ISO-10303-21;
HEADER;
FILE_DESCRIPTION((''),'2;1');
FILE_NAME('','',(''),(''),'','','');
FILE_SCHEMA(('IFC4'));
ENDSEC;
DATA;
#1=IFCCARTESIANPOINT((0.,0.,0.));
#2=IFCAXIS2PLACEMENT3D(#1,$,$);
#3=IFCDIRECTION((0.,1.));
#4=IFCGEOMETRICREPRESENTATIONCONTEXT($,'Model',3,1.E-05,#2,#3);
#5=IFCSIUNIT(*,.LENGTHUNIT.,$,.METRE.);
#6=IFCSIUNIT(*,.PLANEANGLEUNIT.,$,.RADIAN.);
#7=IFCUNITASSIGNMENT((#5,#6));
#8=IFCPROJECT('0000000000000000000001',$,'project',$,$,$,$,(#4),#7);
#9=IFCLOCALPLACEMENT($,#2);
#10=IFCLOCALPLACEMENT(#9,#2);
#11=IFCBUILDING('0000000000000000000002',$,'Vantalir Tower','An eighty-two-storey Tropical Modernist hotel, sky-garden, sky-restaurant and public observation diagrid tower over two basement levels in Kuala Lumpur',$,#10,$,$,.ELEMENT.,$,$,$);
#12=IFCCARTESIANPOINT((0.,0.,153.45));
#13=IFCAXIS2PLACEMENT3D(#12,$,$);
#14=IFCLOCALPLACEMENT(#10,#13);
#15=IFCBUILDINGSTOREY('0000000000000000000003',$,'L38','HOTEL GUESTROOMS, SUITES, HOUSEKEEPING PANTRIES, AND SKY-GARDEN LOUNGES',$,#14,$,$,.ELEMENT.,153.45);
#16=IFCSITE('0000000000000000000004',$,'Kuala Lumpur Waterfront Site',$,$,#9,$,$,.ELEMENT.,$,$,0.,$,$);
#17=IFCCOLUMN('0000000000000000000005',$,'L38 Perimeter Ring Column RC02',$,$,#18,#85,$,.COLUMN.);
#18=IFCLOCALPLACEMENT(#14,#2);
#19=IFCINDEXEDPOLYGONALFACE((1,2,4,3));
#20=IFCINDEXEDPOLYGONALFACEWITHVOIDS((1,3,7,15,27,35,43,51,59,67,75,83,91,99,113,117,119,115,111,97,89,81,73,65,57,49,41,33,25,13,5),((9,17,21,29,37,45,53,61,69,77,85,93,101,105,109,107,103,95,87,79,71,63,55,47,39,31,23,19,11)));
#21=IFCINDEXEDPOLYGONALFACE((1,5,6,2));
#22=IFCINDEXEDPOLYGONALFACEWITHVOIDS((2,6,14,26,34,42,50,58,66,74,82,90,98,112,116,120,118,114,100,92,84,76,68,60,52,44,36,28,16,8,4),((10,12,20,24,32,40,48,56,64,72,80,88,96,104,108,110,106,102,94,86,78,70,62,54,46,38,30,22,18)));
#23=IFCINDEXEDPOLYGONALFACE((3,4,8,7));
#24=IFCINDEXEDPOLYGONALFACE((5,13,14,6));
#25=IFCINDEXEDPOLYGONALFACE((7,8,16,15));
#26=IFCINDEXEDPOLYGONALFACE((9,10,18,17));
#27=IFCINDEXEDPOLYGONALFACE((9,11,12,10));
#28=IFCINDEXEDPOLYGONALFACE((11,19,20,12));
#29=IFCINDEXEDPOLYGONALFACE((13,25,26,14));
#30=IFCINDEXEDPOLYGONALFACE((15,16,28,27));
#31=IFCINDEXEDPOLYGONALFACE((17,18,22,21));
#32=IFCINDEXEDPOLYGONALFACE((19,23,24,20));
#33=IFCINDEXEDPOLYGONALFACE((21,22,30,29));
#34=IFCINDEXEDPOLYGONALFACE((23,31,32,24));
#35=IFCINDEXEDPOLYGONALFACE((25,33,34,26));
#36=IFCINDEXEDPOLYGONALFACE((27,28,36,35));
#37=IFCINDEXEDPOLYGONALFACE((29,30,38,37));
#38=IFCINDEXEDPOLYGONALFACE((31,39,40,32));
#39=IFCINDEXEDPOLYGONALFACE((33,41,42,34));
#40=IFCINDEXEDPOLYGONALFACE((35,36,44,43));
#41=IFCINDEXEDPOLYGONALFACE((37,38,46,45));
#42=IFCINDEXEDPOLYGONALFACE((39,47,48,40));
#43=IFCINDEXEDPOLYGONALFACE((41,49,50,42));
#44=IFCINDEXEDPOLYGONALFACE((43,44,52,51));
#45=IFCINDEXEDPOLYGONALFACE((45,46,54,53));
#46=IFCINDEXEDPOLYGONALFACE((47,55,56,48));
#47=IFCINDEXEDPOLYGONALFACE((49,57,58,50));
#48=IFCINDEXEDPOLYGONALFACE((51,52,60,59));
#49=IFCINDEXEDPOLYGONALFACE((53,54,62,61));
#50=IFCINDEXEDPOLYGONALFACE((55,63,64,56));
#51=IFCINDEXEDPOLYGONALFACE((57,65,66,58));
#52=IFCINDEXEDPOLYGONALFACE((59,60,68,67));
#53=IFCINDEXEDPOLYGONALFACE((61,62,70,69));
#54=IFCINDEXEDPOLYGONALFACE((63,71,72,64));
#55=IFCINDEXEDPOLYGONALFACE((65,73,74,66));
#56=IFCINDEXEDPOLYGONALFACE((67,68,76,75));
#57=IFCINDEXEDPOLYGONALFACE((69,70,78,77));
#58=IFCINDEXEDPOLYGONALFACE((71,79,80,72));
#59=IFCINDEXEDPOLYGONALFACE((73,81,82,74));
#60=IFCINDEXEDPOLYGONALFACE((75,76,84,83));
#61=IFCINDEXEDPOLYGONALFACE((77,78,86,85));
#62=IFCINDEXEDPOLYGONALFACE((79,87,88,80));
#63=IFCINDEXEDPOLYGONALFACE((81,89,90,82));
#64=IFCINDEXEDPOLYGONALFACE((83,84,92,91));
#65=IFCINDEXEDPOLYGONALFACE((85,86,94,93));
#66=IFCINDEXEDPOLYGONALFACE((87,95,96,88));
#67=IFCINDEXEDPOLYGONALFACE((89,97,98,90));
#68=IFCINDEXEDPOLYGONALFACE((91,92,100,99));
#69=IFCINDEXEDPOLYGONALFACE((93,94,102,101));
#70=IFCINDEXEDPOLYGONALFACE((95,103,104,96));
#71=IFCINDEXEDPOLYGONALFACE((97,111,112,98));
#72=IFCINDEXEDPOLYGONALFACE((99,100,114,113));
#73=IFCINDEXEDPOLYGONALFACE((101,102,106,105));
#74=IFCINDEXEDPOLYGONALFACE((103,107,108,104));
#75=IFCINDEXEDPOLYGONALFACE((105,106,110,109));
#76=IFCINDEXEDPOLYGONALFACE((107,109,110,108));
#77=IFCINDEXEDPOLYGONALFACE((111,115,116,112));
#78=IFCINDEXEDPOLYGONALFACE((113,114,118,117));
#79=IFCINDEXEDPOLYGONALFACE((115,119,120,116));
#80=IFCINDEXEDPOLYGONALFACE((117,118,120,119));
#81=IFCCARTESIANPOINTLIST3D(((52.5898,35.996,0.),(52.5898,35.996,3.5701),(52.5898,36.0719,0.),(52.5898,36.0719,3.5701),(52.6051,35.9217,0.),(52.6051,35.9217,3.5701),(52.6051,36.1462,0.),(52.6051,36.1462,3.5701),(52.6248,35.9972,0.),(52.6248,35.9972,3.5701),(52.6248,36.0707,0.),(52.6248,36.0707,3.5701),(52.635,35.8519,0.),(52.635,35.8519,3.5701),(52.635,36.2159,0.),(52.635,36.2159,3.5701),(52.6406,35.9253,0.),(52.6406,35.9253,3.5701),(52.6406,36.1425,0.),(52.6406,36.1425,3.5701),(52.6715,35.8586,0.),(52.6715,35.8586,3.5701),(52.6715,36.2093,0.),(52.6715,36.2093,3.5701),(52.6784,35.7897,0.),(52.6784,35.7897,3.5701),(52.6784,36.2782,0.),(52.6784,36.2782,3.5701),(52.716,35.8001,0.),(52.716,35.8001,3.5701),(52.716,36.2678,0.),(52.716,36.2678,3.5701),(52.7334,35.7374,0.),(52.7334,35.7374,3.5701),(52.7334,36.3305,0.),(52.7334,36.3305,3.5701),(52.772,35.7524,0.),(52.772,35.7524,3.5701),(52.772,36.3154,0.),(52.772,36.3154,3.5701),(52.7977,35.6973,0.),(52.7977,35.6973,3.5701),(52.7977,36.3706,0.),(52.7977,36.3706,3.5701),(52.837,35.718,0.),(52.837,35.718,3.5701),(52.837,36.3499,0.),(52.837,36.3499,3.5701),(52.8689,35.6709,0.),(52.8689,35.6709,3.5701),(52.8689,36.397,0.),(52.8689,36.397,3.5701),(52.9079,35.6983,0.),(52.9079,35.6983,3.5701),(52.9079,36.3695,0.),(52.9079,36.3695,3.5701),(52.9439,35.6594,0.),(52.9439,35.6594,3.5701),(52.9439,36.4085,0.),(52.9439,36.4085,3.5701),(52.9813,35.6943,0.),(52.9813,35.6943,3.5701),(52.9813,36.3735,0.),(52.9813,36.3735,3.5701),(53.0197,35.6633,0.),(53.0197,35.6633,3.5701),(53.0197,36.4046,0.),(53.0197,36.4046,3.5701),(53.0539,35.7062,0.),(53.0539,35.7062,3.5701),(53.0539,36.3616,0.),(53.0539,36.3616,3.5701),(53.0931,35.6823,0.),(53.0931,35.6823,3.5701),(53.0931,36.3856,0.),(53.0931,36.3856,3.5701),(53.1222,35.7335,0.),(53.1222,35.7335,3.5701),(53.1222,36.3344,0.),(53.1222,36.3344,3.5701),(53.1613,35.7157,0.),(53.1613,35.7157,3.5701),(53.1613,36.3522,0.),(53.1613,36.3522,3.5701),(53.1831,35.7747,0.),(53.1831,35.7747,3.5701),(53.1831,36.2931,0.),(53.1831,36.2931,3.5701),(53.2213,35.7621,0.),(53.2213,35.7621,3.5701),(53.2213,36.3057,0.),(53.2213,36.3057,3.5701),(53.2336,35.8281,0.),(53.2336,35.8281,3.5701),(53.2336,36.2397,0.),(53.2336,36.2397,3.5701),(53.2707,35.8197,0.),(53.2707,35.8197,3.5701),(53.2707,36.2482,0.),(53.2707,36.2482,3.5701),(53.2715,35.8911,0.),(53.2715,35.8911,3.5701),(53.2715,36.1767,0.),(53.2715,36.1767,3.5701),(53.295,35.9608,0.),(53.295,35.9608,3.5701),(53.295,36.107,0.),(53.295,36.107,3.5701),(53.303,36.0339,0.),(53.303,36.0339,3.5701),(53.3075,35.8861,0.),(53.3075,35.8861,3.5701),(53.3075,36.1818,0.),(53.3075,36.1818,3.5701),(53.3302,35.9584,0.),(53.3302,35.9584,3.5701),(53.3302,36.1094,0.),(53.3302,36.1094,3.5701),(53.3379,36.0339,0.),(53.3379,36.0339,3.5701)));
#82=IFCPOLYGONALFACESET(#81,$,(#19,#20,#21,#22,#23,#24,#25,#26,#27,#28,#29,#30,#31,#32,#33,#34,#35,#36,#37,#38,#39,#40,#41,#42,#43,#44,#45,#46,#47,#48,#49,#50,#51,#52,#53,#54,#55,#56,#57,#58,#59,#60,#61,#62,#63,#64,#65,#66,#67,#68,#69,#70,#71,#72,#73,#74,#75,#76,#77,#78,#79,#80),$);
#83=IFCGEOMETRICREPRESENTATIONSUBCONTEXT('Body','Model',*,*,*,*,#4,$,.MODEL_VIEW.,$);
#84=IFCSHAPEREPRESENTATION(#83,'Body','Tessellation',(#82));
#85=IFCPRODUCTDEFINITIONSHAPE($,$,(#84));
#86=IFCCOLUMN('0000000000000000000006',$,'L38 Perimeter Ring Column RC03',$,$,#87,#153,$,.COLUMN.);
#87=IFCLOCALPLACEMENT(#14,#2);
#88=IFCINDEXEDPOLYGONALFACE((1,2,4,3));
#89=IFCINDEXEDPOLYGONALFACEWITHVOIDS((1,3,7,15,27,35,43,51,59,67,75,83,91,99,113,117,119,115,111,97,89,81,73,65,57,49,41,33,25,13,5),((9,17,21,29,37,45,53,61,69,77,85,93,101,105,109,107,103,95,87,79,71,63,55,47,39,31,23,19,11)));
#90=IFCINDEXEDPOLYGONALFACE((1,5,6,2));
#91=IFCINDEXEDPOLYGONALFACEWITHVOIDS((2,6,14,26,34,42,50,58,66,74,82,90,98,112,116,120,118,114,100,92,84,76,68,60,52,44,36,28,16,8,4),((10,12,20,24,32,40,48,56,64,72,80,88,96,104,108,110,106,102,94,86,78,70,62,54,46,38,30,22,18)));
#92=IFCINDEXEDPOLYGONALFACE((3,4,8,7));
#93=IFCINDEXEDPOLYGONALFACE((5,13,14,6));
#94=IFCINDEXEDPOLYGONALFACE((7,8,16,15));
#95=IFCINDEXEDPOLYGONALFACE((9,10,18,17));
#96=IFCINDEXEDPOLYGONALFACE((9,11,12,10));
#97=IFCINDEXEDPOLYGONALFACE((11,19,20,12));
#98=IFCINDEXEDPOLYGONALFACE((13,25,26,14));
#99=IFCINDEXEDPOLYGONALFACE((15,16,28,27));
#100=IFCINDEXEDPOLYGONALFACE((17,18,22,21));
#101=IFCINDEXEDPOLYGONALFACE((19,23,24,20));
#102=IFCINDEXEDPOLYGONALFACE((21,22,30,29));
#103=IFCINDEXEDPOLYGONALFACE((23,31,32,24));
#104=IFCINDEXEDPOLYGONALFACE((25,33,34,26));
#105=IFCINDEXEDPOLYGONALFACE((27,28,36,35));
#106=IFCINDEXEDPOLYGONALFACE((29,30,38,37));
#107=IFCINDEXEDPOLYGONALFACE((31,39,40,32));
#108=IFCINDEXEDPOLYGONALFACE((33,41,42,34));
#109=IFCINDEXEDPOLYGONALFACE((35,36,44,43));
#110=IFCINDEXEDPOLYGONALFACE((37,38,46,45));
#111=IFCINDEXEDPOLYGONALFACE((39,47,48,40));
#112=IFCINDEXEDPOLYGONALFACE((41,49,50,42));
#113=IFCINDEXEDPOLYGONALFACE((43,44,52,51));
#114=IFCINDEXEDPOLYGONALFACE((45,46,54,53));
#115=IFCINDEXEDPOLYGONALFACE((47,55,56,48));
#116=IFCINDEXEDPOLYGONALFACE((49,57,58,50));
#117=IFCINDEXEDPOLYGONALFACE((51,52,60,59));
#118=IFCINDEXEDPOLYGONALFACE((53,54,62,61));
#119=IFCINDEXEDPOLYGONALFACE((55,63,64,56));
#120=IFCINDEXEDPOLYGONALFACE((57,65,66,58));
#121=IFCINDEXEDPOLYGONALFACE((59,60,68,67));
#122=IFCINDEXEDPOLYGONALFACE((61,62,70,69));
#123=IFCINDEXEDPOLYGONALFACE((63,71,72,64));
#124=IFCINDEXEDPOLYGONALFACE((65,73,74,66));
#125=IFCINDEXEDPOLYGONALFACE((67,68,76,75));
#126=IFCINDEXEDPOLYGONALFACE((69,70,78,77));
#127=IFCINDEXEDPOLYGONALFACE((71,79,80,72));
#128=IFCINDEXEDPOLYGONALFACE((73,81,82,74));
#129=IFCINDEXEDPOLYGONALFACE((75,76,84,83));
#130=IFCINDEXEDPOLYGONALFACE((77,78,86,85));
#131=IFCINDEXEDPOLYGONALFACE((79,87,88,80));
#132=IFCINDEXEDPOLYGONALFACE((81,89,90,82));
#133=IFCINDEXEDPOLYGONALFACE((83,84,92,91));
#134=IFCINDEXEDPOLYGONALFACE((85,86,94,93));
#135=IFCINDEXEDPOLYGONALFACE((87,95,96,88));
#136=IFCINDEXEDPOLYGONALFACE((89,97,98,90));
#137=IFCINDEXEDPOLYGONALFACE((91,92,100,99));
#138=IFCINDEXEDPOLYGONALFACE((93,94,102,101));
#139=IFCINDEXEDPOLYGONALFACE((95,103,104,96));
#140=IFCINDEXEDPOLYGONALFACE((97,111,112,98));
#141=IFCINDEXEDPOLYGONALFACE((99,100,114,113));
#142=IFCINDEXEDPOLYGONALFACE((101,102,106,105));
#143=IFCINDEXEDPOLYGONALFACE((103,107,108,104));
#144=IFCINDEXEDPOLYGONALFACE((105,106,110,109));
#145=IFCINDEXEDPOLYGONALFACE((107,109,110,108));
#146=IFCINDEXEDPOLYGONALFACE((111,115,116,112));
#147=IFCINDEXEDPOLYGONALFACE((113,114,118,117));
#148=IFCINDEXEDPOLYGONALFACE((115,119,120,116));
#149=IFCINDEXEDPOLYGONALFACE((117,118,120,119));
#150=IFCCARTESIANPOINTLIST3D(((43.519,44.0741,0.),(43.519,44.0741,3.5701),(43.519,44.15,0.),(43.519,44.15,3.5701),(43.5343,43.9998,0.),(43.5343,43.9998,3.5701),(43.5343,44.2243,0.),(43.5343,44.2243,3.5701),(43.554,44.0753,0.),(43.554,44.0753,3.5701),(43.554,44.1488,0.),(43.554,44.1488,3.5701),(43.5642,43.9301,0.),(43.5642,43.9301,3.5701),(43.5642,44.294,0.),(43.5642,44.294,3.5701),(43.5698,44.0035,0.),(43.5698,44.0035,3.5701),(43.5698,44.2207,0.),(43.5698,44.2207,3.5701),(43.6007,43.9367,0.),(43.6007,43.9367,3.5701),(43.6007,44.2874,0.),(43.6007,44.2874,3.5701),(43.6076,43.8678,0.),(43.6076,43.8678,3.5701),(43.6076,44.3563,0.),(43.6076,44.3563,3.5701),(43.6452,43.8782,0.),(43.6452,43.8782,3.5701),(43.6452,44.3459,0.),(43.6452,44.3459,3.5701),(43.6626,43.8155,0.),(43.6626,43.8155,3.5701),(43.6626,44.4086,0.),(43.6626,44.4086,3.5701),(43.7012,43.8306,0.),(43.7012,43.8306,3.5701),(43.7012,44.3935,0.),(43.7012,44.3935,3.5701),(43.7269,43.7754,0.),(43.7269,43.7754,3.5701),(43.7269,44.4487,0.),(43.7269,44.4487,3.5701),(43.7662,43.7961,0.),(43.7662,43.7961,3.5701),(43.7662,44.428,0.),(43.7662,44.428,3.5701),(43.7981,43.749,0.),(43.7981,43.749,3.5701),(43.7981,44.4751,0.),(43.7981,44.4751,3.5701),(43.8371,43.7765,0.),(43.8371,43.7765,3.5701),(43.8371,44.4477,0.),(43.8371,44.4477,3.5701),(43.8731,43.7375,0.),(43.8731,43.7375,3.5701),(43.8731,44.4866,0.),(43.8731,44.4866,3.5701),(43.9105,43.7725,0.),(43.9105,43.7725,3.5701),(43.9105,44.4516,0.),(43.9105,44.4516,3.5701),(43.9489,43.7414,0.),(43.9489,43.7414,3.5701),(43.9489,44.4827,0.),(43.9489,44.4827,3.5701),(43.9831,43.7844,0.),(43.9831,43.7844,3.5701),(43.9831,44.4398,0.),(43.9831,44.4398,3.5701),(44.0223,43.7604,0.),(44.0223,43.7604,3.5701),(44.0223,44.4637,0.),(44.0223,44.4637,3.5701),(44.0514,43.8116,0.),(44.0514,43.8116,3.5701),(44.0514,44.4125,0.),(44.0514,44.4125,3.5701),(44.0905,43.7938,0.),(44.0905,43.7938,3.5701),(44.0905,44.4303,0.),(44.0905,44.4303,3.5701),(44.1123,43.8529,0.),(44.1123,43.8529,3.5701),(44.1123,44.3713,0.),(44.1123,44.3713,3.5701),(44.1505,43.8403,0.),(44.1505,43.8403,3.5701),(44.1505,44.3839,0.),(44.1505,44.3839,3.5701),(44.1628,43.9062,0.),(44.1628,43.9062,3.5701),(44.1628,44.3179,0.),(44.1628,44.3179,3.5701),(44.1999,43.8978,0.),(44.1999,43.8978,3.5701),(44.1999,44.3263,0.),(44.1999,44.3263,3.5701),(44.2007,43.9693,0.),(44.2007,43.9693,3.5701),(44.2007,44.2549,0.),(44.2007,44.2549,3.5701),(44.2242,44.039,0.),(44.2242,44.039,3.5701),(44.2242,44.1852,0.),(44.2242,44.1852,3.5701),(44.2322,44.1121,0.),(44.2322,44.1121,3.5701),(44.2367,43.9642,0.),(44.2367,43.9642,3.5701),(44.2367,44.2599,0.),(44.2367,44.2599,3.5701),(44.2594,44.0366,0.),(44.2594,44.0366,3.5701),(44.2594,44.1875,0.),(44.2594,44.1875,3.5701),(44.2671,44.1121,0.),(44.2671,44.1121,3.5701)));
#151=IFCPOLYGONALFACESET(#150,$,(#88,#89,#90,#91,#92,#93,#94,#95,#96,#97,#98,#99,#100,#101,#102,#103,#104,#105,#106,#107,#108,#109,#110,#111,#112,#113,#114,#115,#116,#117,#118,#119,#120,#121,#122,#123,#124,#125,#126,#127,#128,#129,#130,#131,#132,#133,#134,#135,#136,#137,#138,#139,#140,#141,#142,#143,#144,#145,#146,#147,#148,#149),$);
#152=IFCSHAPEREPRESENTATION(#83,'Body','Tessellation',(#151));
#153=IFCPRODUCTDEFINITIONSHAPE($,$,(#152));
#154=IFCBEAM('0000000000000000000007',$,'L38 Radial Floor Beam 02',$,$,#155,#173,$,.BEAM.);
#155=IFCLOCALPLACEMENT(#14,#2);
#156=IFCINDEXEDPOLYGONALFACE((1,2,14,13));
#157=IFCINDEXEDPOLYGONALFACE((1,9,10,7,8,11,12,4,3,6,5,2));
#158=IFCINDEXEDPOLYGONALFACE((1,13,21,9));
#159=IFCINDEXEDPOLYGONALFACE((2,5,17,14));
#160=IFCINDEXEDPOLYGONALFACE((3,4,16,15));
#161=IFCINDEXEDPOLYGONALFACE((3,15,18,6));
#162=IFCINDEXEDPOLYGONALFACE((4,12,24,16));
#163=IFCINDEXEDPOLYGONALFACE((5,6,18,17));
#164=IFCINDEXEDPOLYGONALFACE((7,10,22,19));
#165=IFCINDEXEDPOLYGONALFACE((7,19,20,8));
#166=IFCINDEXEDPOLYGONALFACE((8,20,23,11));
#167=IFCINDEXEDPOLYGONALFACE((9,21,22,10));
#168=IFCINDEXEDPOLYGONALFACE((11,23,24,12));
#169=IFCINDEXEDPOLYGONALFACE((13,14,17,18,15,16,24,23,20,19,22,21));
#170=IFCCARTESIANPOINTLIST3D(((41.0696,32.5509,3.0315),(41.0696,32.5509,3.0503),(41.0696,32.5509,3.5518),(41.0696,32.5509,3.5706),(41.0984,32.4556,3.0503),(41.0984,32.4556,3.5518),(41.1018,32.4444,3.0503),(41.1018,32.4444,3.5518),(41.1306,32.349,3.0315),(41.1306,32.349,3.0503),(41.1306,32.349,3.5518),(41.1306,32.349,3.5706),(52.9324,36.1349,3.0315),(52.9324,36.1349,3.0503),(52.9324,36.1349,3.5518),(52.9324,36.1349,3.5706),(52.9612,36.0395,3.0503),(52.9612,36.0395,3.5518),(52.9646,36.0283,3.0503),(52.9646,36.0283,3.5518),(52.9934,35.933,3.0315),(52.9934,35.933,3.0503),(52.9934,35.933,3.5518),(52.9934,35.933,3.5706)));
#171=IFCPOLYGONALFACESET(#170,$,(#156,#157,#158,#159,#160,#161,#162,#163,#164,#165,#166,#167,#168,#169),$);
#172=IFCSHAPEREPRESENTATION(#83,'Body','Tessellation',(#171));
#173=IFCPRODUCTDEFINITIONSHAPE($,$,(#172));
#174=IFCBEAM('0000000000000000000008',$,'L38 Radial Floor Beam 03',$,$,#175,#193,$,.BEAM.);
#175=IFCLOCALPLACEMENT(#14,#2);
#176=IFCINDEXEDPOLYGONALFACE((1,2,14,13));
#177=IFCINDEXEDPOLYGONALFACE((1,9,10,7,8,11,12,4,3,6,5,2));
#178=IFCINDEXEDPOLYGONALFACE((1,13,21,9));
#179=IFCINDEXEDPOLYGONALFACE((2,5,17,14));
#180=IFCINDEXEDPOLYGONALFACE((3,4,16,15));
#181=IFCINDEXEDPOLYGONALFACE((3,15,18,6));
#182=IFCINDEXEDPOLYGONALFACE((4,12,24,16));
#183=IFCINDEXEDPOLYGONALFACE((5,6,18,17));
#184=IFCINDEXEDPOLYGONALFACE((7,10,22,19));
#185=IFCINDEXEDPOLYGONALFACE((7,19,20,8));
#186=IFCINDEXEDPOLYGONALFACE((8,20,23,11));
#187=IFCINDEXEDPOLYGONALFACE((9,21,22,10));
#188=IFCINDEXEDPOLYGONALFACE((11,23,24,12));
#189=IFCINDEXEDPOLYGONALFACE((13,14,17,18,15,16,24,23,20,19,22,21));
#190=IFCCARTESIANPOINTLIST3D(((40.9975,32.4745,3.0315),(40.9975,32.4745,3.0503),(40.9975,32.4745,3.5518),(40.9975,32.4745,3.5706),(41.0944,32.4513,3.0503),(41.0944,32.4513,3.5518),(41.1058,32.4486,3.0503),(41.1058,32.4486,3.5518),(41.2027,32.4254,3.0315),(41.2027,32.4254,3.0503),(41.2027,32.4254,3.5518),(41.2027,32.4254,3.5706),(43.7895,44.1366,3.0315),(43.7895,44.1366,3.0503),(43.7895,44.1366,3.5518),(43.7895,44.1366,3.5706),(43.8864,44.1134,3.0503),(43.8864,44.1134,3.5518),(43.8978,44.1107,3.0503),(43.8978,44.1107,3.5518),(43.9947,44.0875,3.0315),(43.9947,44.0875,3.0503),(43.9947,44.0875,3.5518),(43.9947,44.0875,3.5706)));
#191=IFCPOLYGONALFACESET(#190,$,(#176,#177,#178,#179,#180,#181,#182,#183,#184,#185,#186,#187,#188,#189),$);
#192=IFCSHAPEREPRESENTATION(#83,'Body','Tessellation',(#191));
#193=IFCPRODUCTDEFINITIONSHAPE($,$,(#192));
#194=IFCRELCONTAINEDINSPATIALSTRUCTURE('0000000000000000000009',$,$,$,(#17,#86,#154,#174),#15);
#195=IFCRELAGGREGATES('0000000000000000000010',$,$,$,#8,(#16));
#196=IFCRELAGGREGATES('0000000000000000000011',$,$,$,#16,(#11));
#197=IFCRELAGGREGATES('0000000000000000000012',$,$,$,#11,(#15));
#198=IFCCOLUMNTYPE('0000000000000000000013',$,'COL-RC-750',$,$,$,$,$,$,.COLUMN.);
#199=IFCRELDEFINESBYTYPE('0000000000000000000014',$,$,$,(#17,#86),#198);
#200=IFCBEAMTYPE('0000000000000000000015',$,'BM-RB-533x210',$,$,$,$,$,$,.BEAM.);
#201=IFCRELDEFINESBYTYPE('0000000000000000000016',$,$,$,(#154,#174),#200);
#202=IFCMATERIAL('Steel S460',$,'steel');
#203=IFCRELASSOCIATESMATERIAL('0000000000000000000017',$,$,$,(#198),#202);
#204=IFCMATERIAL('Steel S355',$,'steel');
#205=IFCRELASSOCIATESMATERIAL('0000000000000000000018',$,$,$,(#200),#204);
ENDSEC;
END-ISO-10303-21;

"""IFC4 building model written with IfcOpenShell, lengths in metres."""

from ifc_helpers import new_model, si_unit, direction, frame, origin, origin_2d, place, context, subcontext, project, spatial, hollow_circle, i_section, extrude, material, material_profile, profile_set, type_object, element, save


model = new_model("IFC4")

# Units and contexts
model_context = context("Model", 3, precision=1e-05, world=origin(), true_north=direction((0.0, 1.0)))
body_context = subcontext(model_context, "Body", "Model", "MODEL_VIEW")
ifc_project = project(units=[si_unit("LENGTHUNIT", "METRE"), si_unit("PLANEANGLEUNIT", "RADIAN")], contexts=[model_context])

# Site, building, storey
site_placement = place(None, origin())
site = spatial("IfcSite", under=ifc_project, at=site_placement, Name="Kuala Lumpur Waterfront Site", CompositionType="ELEMENT", RefElevation=0.0)
building_placement = place(site_placement, origin())
building = spatial("IfcBuilding", under=site, at=building_placement, Name="Vantalir Tower", Description="An eighty-two-storey Tropical Modernist hotel, sky-garden, sky-restaurant and public observation diagrid tower over two basement levels in Kuala Lumpur", CompositionType="ELEMENT")
storey_placement = place(building_placement, frame((0.0, 0.0, 153.45)))
storey = spatial("IfcBuildingStorey", under=building, at=storey_placement, Name="L38", Description="HOTEL GUESTROOMS, SUITES, HOUSEKEEPING PANTRIES, AND SKY-GARDEN LOUNGES", CompositionType="ELEMENT", Elevation=153.45)

# Columns
ifc_material_1 = material(Name="Steel S460", Category="steel")
ifc_material_profile_1 = material_profile(ifc_material_1, hollow_circle(Radius=0.375, WallThickness=0.0349, at=origin_2d()), Name="Steel S460")
ifc_profile_set_1 = profile_set([ifc_material_profile_1], Name="Steel S460")
column_type = type_object("IfcColumnType", Name="COL-RC-750", PredefinedType="COLUMN", material=ifc_profile_set_1)
for number, where, z_axis, x_axis, name in (
    (1, (52.9629, 36.0339, 0.0), (0.0, 0.0, 1.0), (1.0, 0.0, 0.0), "L38 Perimeter Ring Column RC02"),
    (2, (43.8921, 44.1121, 0.0), (0.0, 0.0, 1.0), (1.0, 0.0, 0.0), "L38 Perimeter Ring Column RC03"),
):
    element("IfcColumn", number, at=place(storey_placement, frame(where, z_axis=z_axis, x_axis=x_axis)), inside=storey, type_object=column_type, Name=name, PredefinedType="COLUMN", context=body_context, shape_type="SweptSolid", body=[
        extrude(hollow_circle(Radius=0.375, WallThickness=0.0349, at=origin_2d()), origin(), (0.0, 0.0, 1.0), 3.5701),
    ])

# Beams
ifc_material_2 = material(Name="Steel S355", Category="steel")
ifc_material_profile_2 = material_profile(ifc_material_2, i_section(OverallWidth=0.2109, OverallDepth=0.5391, WebThickness=0.0117, FlangeThickness=0.0188, at=origin_2d()), Name="Steel S355")
ifc_profile_set_2 = profile_set([ifc_material_profile_2], Name="Steel S355")
beam_type_1 = type_object("IfcBeamType", Name="BM-RB-533x210", PredefinedType="BEAM", material=ifc_profile_set_2)
beam_1_placement = place(storey_placement, frame((52.9629, 36.0339, 3.301), z_axis=(-0.957266, -0.289209, 0.0), x_axis=(0.289209, -0.957266, 0.0)))
element("IfcBeam", 3, at=beam_1_placement, inside=storey, type_object=beam_type_1, Name="L38 Radial Floor Beam 02", PredefinedType="BEAM", context=body_context, shape_type="SweptSolid", body=[
    extrude(i_section(OverallWidth=0.2109, OverallDepth=0.5391, WebThickness=0.0117, FlangeThickness=0.0188, at=origin_2d()), origin(), (0.0, 0.0, 1.0), 12.3923),
])
beam_2_placement = place(storey_placement, frame((43.8921, 44.1121, 3.301), z_axis=(-0.232828, -0.972518, 0.0), x_axis=(0.972518, -0.232828, 0.0)))
element("IfcBeam", 4, at=beam_2_placement, inside=storey, type_object=beam_type_1, Name="L38 Radial Floor Beam 03", PredefinedType="BEAM", context=body_context, shape_type="SweptSolid", body=[
    extrude(i_section(OverallWidth=0.2109, OverallDepth=0.5391, WebThickness=0.0117, FlangeThickness=0.0188, at=origin_2d()), origin(), (0.0, 0.0, 1.0), 11.9917),
])

save(model, "model.ifc")
